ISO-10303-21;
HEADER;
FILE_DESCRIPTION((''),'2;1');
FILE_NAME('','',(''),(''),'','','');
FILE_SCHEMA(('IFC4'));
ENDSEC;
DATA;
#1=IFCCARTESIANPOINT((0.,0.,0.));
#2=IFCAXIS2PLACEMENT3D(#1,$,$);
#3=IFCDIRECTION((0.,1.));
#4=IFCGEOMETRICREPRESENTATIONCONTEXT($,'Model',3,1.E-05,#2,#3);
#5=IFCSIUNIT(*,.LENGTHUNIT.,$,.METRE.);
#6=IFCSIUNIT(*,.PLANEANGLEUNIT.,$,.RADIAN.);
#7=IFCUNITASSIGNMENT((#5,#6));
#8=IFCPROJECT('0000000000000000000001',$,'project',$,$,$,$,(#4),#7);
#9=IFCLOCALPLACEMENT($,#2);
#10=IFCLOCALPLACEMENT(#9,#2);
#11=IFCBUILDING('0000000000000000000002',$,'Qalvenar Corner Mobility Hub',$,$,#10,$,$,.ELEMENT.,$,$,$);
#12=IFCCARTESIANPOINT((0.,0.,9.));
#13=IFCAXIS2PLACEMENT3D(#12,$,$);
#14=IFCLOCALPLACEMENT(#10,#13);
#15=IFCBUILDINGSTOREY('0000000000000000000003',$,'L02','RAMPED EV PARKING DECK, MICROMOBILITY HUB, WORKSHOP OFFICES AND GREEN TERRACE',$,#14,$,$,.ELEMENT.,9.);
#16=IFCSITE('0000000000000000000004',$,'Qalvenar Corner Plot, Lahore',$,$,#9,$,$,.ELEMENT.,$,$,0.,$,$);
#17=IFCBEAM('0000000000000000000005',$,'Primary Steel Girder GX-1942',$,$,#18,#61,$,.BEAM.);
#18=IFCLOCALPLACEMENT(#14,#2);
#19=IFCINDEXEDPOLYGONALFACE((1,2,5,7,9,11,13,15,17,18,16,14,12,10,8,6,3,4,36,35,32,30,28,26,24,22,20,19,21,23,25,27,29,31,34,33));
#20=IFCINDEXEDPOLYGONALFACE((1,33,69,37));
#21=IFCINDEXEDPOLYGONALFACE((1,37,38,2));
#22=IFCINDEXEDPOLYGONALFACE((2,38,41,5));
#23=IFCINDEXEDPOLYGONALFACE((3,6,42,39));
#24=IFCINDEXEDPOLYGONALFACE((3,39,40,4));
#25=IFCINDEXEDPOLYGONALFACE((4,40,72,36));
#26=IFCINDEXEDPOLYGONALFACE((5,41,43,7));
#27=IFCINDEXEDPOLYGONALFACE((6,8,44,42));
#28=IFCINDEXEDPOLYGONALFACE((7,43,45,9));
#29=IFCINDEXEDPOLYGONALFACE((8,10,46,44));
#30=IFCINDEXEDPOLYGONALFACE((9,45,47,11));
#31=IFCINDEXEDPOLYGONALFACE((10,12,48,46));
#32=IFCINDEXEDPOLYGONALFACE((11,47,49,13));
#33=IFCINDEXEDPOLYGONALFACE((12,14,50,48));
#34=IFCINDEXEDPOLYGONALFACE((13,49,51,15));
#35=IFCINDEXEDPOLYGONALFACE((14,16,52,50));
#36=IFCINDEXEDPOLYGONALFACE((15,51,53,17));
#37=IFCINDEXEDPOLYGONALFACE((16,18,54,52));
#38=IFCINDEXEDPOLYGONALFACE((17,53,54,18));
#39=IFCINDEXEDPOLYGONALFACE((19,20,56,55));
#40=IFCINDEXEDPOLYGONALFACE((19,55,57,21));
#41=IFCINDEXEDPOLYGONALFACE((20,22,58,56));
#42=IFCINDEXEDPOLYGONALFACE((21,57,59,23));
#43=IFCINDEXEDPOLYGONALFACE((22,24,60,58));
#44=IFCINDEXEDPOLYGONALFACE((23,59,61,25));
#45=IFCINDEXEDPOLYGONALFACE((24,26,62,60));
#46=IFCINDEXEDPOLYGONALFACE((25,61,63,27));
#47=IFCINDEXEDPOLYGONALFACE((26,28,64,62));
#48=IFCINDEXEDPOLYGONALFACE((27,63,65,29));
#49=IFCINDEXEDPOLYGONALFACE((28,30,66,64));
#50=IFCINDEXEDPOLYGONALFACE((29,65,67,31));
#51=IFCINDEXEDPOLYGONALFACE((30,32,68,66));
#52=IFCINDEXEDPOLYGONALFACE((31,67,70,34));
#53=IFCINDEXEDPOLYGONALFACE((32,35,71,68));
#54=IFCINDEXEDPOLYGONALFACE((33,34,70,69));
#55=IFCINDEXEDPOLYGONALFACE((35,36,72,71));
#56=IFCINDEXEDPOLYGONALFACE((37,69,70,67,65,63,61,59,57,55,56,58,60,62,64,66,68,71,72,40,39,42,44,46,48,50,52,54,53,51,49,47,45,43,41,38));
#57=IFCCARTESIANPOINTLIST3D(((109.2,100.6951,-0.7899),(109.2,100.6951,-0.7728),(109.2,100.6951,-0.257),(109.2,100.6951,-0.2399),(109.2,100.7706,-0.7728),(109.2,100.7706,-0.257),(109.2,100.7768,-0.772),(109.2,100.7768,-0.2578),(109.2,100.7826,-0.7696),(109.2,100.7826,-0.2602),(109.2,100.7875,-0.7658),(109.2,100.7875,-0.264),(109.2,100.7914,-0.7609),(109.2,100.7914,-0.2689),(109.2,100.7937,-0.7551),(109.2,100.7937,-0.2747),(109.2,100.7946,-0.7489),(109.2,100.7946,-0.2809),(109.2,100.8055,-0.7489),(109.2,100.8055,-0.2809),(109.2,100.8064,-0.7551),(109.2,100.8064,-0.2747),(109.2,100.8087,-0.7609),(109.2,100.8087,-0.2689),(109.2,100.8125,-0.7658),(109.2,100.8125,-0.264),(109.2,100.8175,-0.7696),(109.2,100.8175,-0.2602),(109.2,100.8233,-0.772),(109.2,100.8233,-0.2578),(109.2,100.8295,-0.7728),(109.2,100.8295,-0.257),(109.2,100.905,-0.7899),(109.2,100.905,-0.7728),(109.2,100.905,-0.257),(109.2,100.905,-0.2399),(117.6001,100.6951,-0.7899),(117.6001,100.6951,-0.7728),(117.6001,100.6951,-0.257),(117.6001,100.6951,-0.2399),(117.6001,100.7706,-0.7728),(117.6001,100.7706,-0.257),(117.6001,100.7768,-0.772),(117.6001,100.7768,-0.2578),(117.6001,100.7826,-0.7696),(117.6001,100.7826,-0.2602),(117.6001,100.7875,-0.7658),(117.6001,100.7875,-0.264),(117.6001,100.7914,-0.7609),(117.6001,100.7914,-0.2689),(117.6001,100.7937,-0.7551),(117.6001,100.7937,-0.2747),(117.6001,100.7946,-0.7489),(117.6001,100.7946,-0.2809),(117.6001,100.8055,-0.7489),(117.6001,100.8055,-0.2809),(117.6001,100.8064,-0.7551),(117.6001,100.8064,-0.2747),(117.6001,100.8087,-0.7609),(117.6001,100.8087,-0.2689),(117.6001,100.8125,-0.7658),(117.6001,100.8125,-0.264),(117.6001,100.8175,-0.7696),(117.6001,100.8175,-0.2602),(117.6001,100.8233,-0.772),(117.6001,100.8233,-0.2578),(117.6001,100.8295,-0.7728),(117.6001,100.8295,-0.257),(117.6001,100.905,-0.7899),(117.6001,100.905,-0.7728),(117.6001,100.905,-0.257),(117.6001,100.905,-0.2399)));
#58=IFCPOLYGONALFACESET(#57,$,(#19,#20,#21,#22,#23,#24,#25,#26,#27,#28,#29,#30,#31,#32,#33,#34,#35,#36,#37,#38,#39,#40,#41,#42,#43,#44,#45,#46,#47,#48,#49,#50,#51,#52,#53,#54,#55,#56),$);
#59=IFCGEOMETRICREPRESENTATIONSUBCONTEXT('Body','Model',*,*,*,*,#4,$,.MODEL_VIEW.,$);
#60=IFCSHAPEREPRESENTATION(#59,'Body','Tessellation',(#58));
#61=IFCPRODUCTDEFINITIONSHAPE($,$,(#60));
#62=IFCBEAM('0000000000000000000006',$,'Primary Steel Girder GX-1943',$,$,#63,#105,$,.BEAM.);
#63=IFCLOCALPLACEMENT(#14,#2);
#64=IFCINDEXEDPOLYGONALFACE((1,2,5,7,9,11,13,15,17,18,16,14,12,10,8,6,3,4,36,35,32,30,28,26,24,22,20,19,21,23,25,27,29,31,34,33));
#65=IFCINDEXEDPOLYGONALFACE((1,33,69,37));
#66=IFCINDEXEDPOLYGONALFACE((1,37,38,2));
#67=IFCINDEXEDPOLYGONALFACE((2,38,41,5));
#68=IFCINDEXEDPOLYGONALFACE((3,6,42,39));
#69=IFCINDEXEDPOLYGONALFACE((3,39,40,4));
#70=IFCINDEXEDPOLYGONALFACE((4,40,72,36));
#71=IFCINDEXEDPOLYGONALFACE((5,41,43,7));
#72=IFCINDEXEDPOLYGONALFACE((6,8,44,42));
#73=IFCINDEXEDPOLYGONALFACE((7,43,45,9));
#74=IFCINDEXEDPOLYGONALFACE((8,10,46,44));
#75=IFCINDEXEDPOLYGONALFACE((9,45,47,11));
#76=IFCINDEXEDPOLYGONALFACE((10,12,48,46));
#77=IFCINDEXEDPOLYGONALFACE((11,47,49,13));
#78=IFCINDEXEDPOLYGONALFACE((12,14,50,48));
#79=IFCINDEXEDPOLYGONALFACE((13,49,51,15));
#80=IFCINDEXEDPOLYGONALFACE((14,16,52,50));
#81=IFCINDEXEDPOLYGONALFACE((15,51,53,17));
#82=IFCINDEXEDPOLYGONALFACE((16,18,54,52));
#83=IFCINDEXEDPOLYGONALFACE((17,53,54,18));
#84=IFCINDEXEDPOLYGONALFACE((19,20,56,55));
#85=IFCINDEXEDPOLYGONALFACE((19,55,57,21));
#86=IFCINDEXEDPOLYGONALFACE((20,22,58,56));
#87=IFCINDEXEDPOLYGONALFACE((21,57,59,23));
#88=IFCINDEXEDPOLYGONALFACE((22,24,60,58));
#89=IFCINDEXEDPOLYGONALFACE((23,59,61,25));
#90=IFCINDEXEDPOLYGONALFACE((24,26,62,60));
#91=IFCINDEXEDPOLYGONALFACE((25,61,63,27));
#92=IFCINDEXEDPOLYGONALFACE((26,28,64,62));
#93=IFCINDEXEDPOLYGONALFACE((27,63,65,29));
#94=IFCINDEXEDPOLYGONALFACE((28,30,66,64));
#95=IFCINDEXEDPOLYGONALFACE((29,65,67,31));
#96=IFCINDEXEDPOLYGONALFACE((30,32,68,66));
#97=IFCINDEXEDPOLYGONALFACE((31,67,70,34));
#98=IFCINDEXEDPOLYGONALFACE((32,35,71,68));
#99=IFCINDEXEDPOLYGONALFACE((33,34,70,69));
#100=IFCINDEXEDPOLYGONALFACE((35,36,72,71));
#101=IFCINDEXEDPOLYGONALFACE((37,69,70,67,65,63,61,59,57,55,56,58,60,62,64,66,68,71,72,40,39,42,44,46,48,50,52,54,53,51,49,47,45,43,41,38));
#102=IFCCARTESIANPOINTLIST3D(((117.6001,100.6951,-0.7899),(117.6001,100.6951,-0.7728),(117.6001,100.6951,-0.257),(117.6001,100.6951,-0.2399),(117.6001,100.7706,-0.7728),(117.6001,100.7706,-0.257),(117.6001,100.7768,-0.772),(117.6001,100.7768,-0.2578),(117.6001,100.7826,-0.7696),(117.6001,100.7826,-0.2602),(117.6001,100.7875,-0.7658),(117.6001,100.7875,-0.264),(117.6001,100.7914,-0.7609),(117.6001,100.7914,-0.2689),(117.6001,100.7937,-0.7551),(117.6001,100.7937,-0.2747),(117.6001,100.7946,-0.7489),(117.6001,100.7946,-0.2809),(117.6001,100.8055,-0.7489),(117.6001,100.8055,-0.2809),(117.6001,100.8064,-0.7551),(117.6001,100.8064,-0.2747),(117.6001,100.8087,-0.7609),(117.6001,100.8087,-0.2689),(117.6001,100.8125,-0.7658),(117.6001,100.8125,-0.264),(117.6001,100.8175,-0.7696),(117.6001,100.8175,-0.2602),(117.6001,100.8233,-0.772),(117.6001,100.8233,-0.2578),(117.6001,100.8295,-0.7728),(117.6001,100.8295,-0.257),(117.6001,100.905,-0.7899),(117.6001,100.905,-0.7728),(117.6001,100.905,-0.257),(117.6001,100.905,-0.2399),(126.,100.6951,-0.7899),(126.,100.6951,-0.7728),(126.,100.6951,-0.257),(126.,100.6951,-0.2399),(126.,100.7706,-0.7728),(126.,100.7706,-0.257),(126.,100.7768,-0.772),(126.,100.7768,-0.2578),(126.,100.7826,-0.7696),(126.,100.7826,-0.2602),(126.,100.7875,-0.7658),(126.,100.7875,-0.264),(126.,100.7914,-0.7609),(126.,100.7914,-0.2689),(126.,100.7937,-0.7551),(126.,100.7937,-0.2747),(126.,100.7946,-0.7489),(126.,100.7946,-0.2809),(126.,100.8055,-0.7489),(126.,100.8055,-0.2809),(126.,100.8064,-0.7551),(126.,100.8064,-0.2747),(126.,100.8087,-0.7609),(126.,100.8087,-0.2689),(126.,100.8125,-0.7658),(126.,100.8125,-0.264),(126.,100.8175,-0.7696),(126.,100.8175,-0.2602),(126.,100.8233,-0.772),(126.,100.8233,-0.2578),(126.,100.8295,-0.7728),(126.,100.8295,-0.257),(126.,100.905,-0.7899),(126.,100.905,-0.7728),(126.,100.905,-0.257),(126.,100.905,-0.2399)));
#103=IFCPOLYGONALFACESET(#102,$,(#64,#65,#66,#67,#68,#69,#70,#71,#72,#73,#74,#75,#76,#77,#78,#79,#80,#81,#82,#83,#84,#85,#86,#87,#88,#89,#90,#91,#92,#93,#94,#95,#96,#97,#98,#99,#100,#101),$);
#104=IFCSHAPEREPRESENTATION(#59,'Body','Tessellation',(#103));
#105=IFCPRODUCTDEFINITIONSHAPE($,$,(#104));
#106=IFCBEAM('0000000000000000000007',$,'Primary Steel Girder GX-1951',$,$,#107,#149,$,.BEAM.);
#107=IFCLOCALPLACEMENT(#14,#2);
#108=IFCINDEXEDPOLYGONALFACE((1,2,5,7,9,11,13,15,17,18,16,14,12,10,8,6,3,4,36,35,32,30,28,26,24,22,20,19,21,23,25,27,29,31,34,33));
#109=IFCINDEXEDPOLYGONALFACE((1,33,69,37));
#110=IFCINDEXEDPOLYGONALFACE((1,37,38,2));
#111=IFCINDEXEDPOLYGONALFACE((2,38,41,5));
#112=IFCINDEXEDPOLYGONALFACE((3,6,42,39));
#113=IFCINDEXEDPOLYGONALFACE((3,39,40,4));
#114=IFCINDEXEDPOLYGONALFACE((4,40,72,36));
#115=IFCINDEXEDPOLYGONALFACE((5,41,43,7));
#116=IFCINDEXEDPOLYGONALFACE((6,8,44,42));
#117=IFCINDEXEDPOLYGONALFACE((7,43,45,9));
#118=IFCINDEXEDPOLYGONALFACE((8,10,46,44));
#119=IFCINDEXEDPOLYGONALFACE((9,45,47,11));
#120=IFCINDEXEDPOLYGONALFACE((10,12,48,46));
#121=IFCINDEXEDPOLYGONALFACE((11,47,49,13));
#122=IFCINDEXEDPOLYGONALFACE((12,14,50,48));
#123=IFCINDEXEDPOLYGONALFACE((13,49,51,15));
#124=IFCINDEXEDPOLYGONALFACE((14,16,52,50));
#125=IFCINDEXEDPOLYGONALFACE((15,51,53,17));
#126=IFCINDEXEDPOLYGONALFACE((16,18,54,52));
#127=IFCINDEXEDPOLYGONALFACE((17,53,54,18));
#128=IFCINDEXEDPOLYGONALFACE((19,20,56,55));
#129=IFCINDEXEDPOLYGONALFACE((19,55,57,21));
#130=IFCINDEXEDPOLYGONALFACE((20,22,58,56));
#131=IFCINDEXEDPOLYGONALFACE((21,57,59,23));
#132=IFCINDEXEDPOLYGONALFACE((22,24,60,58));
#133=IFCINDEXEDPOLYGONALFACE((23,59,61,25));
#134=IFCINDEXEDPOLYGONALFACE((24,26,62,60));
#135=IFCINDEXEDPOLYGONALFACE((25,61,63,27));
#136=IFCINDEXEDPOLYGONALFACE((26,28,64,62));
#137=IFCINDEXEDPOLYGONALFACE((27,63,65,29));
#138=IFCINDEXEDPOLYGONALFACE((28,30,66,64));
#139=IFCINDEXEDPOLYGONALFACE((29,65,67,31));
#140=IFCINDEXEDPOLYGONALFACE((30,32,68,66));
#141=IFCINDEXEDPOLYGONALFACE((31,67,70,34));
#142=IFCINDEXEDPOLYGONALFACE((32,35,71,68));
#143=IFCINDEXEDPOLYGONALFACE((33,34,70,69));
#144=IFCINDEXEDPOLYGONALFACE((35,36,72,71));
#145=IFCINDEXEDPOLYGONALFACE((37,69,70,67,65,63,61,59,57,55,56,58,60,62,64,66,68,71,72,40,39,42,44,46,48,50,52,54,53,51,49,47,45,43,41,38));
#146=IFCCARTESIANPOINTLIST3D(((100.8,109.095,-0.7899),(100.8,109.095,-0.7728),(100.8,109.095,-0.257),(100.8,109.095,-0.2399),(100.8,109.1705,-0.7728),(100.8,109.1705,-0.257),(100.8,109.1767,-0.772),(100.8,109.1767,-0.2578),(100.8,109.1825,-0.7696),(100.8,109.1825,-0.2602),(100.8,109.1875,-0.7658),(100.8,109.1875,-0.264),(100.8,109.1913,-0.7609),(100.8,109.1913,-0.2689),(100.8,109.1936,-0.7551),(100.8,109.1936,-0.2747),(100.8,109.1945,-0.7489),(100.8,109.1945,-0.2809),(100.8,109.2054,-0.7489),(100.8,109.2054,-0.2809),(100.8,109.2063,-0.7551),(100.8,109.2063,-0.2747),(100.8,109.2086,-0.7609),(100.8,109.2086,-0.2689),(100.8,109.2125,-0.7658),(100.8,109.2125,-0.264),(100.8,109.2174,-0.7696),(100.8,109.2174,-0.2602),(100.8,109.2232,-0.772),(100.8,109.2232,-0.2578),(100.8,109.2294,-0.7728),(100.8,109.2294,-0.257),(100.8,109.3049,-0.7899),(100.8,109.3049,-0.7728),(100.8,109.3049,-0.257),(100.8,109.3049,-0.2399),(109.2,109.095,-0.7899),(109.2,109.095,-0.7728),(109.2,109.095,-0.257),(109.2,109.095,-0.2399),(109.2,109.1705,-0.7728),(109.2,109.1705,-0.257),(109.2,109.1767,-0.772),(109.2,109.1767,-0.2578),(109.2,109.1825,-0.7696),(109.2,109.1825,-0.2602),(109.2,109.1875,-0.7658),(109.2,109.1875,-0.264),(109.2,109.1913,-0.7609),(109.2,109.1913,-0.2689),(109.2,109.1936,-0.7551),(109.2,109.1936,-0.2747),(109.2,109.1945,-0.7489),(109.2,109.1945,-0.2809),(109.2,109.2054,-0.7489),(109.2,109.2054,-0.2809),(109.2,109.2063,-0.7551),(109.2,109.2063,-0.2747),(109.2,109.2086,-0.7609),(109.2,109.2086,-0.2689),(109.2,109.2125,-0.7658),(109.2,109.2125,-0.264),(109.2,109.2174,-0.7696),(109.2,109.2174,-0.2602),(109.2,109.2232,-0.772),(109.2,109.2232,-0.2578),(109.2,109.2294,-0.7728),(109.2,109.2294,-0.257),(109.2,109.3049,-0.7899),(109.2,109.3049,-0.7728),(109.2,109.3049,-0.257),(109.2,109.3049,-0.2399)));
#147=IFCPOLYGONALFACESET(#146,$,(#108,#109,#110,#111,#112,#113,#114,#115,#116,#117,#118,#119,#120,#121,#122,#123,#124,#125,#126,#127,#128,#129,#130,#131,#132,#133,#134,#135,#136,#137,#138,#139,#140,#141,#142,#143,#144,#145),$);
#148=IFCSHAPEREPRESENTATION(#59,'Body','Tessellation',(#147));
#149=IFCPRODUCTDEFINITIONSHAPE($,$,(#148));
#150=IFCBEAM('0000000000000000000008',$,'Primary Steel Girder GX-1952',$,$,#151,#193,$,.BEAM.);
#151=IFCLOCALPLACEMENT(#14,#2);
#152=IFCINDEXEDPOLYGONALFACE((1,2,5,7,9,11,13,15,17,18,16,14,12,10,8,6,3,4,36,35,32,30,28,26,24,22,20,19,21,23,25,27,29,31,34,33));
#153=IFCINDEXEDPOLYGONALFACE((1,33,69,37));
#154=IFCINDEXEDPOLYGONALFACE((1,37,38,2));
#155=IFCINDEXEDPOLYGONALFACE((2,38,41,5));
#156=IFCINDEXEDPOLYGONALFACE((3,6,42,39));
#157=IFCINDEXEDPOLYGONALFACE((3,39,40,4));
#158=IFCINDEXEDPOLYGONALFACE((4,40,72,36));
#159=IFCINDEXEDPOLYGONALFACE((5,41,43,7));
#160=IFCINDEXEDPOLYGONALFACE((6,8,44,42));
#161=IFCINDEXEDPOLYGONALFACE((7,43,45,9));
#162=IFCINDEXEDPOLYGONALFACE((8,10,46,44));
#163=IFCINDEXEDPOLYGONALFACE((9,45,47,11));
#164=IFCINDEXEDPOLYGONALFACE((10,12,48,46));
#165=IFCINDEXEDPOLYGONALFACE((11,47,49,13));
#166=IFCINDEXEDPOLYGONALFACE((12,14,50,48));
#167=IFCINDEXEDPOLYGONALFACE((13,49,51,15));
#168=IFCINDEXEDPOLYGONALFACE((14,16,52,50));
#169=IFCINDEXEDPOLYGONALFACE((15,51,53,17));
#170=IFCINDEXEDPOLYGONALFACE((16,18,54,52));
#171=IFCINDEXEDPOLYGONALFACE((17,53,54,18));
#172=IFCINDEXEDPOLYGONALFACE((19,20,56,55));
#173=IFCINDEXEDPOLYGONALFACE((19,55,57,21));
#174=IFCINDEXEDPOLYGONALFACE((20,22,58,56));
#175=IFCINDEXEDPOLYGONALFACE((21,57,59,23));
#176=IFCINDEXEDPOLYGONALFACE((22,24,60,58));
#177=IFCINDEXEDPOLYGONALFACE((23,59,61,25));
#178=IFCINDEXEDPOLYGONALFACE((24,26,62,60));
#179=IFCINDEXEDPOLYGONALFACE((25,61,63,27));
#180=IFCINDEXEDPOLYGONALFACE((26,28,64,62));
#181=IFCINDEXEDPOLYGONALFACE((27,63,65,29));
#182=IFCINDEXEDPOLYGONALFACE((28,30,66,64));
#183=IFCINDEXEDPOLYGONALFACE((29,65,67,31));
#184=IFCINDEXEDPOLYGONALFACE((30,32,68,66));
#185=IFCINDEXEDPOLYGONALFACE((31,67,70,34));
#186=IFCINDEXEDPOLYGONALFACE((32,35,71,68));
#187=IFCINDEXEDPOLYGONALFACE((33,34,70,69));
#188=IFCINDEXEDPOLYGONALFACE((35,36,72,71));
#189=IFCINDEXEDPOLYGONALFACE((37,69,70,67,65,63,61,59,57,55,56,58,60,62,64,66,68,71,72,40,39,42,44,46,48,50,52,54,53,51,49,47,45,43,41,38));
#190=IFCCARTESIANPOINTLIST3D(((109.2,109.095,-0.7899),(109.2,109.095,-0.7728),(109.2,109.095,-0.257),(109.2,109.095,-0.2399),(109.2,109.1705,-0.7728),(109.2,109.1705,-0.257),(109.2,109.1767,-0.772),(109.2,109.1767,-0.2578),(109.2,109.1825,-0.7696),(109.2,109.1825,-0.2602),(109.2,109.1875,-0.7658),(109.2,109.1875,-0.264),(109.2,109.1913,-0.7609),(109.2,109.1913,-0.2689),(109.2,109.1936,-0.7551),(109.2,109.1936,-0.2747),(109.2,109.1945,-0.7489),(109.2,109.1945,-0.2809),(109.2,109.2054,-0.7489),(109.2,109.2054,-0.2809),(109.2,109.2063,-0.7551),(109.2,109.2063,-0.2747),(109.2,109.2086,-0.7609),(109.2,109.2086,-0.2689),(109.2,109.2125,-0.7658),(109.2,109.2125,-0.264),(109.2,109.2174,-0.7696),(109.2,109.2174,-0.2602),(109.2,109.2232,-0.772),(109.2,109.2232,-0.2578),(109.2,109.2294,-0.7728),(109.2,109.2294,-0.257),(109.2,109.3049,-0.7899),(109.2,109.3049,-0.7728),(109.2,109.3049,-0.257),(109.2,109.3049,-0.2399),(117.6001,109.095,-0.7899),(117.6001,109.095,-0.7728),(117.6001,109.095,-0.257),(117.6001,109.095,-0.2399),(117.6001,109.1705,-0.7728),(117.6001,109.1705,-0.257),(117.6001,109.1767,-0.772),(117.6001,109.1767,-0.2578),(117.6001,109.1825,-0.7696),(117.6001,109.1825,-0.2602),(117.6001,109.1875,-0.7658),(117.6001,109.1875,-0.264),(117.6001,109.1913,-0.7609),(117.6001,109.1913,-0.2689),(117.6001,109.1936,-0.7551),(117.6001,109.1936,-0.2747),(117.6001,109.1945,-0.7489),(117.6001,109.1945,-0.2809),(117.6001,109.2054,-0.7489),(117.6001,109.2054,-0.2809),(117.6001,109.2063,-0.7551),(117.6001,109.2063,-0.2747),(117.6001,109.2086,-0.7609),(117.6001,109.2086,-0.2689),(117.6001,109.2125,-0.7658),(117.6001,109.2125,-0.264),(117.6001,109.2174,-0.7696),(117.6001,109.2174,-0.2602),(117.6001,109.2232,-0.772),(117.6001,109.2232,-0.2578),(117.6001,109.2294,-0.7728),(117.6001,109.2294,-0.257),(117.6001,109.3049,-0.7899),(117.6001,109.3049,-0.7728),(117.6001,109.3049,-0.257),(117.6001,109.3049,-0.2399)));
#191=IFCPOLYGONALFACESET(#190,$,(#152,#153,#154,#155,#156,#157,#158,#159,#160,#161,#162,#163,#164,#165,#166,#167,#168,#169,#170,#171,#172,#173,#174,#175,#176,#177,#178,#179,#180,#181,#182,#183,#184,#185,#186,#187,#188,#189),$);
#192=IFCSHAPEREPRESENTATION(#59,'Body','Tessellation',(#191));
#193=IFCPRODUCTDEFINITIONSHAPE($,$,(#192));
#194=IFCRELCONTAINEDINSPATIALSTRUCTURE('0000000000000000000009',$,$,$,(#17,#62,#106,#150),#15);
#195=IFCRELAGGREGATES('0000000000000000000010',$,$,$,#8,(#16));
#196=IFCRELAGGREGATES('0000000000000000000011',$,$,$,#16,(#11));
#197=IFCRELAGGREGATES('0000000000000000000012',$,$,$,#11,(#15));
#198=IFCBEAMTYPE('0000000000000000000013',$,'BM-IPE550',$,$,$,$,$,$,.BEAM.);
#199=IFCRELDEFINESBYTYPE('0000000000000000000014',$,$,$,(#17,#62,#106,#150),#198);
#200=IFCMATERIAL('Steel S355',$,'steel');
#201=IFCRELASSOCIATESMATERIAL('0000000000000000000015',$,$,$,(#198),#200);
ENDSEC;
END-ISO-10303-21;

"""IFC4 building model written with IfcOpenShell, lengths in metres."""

from ifc_helpers import new_model, si_unit, direction, frame, origin, origin_2d, place, context, subcontext, project, spatial, i_section, extrude, material, material_profile, profile_set, type_object, element, save


model = new_model("IFC4")

# Units and contexts
model_context = context("Model", 3, precision=1e-05, world=origin(), true_north=direction((0.0, 1.0)))
body_context = subcontext(model_context, "Body", "Model", "MODEL_VIEW")
ifc_project = project(units=[si_unit("LENGTHUNIT", "METRE"), si_unit("PLANEANGLEUNIT", "RADIAN")], contexts=[model_context])

# Site, building, storey
site_placement = place(None, origin())
site = spatial("IfcSite", under=ifc_project, at=site_placement, Name="Qalvenar Corner Plot, Lahore", CompositionType="ELEMENT", RefElevation=0.0)
building_placement = place(site_placement, origin())
building = spatial("IfcBuilding", under=site, at=building_placement, Name="Qalvenar Corner Mobility Hub", CompositionType="ELEMENT")
storey_placement = place(building_placement, frame((0.0, 0.0, 9.0)))
storey = spatial("IfcBuildingStorey", under=building, at=storey_placement, Name="L02", Description="RAMPED EV PARKING DECK, MICROMOBILITY HUB, WORKSHOP OFFICES AND GREEN TERRACE", CompositionType="ELEMENT", Elevation=9.0)

# Shared definitions
ifc_material = material(Name="Steel S355", Category="steel")

# Beams
ifc_material_profile_1 = material_profile(ifc_material, i_section(OverallWidth=0.21, OverallDepth=0.55, WebThickness=0.011, FlangeThickness=0.0171, FilletRadius=0.0239, at=origin_2d()), Name="IPE550")
ifc_profile_set_1 = profile_set([ifc_material_profile_1], Name="Steel S355")
beam_type_1 = type_object("IfcBeamType", Name="BM-IPE550", PredefinedType="BEAM", material=ifc_profile_set_1)
beam_1_placement = place(storey_placement, frame((109.2, 100.8, -0.5149), z_axis=(1.0, 0.0, 0.0), x_axis=(0.0, 1.0, 0.0)))
element("IfcBeam", 1, at=beam_1_placement, inside=storey, type_object=beam_type_1, Name="Primary Steel Girder GX-1942", PredefinedType="BEAM", context=body_context, shape_type="SweptSolid", body=[
    extrude(i_section(OverallWidth=0.21, OverallDepth=0.55, WebThickness=0.011, FlangeThickness=0.0171, FilletRadius=0.0239, at=origin_2d()), origin(), (0.0, 0.0, 1.0), 8.4001),
])
for number, where, z_axis, x_axis, name in (
    (2, (117.6001, 100.8, -0.5149), (1.0, 0.0, 0.0), (0.0, 1.0, 0.0), "Primary Steel Girder GX-1943"),
    (3, (100.8, 109.2, -0.5149), (1.0, 0.0, 0.0), (0.0, 1.0, 0.0), "Primary Steel Girder GX-1951"),
):
    element("IfcBeam", number, at=place(storey_placement, frame(where, z_axis=z_axis, x_axis=x_axis)), inside=storey, type_object=beam_type_1, Name=name, PredefinedType="BEAM", context=body_context, shape_type="SweptSolid", body=[
        extrude(i_section(OverallWidth=0.21, OverallDepth=0.55, WebThickness=0.011, FlangeThickness=0.0171, FilletRadius=0.0239, at=origin_2d()), origin(), (0.0, 0.0, 1.0), 8.3999),
    ])
beam_2_placement = place(storey_placement, frame((109.2, 109.2, -0.5149), z_axis=(1.0, 0.0, 0.0), x_axis=(0.0, 1.0, 0.0)))
element("IfcBeam", 4, at=beam_2_placement, inside=storey, type_object=beam_type_1, Name="Primary Steel Girder GX-1952", PredefinedType="BEAM", context=body_context, shape_type="SweptSolid", body=[
    extrude(i_section(OverallWidth=0.21, OverallDepth=0.55, WebThickness=0.011, FlangeThickness=0.0171, FilletRadius=0.0239, at=origin_2d()), origin(), (0.0, 0.0, 1.0), 8.4001),
])

save(model, "model.ifc")
